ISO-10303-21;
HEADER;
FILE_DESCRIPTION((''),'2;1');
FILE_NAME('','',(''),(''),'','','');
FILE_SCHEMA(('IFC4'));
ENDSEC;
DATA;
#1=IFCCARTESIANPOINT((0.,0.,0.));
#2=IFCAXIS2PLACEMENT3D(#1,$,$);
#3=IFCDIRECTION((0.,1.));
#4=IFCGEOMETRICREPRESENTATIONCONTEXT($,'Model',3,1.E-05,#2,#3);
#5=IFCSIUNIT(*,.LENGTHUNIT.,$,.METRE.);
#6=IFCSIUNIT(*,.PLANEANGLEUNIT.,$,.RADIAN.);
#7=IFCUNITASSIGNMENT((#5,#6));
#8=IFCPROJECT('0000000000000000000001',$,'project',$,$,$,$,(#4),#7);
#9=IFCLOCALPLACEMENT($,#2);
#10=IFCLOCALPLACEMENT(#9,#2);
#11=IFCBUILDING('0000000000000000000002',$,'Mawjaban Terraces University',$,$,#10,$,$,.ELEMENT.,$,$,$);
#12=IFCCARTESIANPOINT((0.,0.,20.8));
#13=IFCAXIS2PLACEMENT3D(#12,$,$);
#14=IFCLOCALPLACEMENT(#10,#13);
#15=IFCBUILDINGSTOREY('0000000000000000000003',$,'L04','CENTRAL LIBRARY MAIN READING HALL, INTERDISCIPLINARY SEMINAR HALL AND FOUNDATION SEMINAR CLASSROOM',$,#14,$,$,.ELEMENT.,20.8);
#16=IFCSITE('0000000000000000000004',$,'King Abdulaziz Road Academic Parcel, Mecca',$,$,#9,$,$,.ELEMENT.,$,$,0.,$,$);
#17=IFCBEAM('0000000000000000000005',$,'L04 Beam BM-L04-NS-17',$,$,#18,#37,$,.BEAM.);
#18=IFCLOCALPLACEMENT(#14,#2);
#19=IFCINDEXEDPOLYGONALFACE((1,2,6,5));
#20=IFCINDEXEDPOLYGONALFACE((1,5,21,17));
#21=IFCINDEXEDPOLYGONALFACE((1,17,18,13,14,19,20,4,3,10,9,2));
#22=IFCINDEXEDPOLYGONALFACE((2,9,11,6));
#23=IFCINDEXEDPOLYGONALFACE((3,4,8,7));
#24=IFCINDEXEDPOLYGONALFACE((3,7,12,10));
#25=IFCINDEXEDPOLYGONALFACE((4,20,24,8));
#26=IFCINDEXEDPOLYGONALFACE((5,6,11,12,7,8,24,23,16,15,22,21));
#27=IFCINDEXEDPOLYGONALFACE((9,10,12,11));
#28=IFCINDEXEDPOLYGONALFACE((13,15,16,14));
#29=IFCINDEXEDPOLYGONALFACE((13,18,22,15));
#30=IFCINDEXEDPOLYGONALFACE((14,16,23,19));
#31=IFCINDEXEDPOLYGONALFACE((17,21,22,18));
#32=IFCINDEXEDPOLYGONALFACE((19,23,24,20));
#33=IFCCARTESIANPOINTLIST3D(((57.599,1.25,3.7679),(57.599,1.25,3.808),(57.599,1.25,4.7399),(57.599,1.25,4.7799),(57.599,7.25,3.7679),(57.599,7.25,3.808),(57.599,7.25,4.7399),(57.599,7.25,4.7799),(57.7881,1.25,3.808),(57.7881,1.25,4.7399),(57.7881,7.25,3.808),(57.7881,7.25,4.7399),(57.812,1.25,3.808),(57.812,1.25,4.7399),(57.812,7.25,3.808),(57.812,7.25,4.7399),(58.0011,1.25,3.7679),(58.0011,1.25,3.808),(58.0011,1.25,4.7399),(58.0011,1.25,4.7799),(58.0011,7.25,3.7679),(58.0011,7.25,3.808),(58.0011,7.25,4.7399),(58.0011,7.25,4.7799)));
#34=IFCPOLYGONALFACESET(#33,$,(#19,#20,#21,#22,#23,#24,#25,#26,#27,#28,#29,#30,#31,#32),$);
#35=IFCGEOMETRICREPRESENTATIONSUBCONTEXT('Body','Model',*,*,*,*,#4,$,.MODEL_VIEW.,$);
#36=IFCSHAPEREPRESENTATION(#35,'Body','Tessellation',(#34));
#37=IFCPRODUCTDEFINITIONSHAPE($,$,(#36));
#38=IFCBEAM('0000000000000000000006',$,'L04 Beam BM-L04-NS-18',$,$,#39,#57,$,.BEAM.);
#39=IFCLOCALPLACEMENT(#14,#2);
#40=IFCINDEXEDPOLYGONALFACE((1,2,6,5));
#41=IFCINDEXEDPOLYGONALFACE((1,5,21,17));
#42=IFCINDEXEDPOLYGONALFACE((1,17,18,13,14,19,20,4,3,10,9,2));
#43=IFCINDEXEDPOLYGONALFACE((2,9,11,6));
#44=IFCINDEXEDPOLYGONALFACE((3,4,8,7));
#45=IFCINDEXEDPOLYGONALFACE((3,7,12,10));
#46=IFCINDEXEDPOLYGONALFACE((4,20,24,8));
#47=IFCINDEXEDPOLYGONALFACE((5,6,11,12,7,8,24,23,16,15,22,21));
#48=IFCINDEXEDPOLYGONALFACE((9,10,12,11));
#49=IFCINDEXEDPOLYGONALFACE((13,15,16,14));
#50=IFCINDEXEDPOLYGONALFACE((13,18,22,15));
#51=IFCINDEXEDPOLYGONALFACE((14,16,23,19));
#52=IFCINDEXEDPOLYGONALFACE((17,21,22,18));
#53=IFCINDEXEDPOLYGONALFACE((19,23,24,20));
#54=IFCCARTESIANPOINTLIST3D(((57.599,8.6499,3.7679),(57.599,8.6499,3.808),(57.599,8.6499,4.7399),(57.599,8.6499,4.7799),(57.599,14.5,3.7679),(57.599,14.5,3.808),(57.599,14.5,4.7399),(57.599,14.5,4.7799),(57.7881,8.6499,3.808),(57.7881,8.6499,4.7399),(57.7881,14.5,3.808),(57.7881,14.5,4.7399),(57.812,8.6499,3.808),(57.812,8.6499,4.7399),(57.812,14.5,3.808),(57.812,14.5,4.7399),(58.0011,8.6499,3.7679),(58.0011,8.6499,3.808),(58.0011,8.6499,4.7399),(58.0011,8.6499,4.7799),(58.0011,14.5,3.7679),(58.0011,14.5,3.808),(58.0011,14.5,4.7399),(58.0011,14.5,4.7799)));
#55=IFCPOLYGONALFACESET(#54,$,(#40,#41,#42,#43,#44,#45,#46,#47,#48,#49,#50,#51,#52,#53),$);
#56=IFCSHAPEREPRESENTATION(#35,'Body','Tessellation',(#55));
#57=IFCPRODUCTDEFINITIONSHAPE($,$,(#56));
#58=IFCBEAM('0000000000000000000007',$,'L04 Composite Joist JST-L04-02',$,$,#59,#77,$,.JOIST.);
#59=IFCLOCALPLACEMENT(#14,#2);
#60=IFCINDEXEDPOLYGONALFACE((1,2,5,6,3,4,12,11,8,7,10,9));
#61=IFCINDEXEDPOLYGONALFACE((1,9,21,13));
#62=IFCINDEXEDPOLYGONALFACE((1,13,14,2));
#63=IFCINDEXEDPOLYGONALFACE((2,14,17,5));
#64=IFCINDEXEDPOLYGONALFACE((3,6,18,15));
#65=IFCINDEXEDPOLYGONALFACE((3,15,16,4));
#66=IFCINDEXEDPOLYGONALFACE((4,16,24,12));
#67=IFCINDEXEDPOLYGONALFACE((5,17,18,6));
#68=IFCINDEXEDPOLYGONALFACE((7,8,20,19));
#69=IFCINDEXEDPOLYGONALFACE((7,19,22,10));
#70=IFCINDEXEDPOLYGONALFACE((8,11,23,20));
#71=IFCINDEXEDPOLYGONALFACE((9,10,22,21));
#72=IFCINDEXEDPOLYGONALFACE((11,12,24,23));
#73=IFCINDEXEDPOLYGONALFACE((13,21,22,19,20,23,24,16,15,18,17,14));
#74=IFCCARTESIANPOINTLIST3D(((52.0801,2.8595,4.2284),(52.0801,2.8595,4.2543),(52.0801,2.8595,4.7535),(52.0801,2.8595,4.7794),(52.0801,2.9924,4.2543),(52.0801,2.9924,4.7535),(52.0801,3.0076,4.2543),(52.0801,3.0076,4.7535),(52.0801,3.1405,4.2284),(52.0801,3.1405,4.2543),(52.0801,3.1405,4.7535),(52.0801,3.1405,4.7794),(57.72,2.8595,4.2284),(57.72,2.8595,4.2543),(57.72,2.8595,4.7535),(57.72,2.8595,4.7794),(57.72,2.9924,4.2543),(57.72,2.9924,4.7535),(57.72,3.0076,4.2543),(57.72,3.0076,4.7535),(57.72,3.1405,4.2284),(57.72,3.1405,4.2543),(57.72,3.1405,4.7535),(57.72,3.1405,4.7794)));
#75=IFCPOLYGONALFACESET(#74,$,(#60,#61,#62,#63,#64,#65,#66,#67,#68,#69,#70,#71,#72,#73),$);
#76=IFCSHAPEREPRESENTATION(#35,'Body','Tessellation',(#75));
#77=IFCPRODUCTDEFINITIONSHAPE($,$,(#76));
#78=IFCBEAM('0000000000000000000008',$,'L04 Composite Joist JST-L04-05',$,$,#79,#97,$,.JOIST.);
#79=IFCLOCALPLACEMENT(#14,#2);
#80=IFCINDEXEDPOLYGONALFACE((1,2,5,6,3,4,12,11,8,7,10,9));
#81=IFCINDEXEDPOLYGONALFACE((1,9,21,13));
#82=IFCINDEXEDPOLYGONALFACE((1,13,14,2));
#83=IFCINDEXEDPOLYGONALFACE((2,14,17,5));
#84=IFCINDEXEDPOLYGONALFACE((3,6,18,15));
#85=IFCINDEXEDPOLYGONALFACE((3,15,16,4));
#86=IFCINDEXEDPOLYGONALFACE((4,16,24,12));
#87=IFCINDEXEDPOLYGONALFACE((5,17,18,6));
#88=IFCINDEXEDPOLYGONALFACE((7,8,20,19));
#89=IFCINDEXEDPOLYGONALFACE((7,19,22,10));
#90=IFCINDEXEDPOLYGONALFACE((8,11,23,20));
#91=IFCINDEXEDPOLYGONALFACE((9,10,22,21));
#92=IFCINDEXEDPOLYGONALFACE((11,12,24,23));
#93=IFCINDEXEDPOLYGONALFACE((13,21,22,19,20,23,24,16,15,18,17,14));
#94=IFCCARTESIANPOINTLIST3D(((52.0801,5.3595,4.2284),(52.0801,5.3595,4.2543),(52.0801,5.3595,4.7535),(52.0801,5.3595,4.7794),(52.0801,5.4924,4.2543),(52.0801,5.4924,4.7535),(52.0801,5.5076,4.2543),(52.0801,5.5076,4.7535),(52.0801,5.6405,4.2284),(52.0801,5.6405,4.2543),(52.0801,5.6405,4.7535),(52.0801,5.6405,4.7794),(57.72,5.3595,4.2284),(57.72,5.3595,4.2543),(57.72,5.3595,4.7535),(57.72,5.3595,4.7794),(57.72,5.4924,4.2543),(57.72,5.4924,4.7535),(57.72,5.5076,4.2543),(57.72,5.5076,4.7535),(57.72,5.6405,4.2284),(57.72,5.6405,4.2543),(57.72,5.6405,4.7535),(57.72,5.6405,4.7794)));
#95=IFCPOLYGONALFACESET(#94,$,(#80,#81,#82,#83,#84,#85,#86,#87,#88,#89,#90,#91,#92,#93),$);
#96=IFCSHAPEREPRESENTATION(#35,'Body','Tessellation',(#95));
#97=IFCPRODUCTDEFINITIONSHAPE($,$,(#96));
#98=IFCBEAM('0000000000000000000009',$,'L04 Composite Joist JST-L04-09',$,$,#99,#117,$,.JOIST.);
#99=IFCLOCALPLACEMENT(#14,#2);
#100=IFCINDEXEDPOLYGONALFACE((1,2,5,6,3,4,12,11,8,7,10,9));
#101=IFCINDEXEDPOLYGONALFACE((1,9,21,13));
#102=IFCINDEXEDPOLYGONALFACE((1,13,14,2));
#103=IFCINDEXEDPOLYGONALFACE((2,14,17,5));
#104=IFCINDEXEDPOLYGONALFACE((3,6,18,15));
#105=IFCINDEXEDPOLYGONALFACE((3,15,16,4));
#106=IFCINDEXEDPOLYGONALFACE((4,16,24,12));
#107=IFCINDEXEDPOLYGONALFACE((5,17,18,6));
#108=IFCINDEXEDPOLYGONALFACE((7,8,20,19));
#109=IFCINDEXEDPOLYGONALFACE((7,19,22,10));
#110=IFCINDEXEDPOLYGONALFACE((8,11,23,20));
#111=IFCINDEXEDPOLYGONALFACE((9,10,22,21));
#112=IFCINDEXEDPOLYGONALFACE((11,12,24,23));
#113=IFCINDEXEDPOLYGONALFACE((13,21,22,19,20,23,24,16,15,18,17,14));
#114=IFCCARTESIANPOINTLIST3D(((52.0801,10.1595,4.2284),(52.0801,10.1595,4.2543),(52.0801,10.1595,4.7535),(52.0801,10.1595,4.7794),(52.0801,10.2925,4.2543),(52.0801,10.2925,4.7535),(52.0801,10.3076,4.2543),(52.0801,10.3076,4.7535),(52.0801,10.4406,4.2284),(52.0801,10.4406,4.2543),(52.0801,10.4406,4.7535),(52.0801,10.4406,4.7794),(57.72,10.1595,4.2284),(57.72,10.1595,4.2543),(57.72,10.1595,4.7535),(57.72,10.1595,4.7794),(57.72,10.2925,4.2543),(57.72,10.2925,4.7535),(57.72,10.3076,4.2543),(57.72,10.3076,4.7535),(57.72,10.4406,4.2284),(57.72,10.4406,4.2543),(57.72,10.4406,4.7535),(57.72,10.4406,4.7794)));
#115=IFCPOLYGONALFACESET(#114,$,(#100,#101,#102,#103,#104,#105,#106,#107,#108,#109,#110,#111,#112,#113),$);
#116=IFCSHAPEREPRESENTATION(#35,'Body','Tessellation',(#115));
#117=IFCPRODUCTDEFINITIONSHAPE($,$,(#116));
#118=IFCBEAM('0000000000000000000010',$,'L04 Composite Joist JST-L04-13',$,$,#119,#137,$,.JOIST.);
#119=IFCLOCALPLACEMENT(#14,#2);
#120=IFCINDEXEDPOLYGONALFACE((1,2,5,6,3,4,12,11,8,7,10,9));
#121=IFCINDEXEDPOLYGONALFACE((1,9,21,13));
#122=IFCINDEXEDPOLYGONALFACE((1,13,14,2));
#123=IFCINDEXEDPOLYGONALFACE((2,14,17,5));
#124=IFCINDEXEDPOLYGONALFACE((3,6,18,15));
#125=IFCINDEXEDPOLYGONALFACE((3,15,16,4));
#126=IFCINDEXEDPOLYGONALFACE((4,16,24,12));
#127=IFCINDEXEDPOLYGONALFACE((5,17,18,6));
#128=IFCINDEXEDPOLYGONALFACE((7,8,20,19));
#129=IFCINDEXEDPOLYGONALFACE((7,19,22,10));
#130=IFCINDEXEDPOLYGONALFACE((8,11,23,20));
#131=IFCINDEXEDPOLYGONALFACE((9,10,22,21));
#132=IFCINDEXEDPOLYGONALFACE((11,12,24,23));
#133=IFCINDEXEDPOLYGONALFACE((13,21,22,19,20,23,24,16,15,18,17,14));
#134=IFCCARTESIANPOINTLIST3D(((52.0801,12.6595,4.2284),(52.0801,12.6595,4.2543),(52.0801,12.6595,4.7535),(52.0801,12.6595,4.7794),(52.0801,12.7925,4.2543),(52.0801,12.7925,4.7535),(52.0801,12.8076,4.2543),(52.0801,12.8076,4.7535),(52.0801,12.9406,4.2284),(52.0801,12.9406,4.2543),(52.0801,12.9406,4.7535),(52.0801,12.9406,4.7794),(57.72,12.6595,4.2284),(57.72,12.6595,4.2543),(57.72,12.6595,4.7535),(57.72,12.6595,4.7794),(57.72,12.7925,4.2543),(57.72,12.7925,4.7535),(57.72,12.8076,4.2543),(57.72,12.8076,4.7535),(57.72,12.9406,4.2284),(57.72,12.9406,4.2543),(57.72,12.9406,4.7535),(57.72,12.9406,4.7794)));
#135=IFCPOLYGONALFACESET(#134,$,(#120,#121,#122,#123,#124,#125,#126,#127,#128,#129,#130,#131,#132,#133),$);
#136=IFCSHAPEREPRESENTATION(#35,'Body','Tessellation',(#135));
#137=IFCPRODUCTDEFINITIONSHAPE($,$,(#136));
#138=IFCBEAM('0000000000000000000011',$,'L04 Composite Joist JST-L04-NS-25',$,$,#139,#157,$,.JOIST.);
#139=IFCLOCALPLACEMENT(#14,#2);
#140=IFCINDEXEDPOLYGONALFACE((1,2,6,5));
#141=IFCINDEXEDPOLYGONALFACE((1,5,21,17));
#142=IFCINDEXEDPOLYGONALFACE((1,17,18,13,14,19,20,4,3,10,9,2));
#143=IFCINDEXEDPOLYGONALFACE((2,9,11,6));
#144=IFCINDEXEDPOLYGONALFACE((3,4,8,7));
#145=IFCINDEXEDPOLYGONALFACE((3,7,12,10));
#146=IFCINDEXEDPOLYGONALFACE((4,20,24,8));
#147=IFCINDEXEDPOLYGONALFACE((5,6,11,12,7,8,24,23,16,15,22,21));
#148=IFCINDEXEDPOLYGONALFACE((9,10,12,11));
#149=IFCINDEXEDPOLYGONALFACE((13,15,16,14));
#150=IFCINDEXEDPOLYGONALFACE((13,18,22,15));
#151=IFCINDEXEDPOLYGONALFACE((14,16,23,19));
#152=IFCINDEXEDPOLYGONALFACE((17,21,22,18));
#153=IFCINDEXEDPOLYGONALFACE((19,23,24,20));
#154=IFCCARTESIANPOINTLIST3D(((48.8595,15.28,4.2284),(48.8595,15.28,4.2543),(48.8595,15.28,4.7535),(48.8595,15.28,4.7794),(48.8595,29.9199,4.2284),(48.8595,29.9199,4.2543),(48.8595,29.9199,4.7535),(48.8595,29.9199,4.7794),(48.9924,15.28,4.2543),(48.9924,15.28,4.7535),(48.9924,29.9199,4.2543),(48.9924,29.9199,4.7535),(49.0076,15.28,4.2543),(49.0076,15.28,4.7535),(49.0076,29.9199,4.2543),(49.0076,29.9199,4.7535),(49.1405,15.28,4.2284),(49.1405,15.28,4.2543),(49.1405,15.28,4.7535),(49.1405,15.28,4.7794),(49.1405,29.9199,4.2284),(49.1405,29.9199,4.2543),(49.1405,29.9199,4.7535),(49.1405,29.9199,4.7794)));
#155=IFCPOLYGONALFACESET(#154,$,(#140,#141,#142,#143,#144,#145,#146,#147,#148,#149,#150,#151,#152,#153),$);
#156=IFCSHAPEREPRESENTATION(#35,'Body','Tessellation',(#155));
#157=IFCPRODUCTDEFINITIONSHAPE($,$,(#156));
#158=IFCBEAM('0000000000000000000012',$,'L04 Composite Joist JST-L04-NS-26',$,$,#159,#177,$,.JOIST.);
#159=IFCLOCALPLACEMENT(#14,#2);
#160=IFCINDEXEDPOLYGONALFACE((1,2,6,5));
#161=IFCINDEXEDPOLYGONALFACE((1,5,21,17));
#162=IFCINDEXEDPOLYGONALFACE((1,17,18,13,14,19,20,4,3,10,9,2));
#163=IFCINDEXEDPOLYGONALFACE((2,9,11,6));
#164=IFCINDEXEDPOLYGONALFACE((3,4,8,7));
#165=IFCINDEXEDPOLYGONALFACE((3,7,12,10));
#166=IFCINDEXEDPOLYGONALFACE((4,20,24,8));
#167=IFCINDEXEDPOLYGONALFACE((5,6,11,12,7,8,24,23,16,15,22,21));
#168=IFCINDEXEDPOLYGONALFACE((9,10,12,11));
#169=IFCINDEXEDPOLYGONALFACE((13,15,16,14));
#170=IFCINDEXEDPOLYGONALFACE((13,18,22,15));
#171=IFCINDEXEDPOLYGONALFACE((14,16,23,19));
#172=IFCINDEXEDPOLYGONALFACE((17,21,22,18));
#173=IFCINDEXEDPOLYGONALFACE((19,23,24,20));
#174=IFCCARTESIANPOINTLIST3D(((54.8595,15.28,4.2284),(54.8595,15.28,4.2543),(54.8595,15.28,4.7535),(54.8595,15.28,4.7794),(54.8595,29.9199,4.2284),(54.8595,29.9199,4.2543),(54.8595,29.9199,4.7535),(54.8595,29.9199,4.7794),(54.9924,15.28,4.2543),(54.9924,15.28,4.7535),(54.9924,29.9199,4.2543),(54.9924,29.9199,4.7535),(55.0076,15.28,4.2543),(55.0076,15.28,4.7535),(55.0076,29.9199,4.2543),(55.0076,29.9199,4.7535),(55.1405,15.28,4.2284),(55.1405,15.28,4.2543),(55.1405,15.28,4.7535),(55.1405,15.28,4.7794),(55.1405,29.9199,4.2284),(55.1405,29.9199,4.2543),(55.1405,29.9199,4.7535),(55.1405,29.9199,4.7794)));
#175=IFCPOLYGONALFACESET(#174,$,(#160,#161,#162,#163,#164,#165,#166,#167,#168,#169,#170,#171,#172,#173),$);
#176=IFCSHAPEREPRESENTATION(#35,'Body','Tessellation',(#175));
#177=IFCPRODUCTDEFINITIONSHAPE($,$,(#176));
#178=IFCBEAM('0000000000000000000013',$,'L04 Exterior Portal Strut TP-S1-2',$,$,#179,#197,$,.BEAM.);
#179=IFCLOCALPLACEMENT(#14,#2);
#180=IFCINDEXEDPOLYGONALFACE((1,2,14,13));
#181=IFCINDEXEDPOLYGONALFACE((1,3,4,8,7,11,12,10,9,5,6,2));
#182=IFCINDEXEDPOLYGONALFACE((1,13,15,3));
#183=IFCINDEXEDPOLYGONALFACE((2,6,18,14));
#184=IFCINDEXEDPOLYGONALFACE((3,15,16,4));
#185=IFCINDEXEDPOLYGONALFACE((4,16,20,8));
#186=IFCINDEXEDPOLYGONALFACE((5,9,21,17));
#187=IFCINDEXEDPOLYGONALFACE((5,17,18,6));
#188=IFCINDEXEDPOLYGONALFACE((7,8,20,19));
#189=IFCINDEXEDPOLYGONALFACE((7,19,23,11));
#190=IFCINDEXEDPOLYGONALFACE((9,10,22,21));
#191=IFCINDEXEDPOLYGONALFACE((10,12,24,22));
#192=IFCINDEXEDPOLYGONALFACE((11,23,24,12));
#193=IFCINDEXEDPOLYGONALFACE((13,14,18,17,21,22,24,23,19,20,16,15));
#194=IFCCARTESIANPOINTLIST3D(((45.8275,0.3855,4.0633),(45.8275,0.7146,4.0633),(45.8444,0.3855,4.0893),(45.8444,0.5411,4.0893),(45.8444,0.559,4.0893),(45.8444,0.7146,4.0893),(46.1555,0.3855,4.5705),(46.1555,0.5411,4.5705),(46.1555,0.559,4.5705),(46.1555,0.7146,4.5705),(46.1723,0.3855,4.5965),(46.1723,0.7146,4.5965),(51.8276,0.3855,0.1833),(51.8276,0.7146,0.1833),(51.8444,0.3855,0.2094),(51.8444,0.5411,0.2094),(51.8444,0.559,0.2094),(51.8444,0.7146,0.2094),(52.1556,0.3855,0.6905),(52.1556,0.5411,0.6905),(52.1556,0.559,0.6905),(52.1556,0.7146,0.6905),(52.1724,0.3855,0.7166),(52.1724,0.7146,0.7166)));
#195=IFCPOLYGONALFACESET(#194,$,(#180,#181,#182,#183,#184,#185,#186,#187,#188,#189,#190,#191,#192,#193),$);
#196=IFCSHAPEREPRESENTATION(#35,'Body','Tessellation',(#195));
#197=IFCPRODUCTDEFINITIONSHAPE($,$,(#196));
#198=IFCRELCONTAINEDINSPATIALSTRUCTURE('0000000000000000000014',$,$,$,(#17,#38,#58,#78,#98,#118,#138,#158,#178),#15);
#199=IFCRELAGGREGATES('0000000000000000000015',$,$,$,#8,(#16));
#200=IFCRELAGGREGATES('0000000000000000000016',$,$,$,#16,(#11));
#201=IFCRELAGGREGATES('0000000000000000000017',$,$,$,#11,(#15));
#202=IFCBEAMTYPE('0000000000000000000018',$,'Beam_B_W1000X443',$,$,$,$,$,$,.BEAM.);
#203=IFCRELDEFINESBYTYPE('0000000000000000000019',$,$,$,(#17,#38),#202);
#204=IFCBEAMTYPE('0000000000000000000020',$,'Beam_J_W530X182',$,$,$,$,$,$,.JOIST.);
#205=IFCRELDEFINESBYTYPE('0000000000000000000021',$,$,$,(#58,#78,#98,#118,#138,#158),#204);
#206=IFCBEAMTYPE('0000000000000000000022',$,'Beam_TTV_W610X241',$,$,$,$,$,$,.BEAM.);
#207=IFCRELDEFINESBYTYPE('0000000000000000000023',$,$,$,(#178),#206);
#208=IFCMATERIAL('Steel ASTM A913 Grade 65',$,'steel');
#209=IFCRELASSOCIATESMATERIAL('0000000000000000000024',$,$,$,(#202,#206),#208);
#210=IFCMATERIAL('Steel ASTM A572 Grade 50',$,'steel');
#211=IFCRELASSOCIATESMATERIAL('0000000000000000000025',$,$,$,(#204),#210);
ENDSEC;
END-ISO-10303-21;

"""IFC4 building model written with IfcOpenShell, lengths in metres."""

from ifc_helpers import new_model, si_unit, direction, frame, origin, origin_2d, place, context, subcontext, project, spatial, i_section, extrude, material, material_profile, profile_set, type_object, element, save


model = new_model("IFC4")

# Units and contexts
model_context = context("Model", 3, precision=1e-05, world=origin(), true_north=direction((0.0, 1.0)))
body_context = subcontext(model_context, "Body", "Model", "MODEL_VIEW")
ifc_project = project(units=[si_unit("LENGTHUNIT", "METRE"), si_unit("PLANEANGLEUNIT", "RADIAN")], contexts=[model_context])

# Site, building, storey
site_placement = place(None, origin())
site = spatial("IfcSite", under=ifc_project, at=site_placement, Name="King Abdulaziz Road Academic Parcel, Mecca", CompositionType="ELEMENT", RefElevation=0.0)
building_placement = place(site_placement, origin())
building = spatial("IfcBuilding", under=site, at=building_placement, Name="Mawjaban Terraces University", CompositionType="ELEMENT")
storey_placement = place(building_placement, frame((0.0, 0.0, 20.8)))
storey = spatial("IfcBuildingStorey", under=building, at=storey_placement, Name="L04", Description="CENTRAL LIBRARY MAIN READING HALL, INTERDISCIPLINARY SEMINAR HALL AND FOUNDATION SEMINAR CLASSROOM", CompositionType="ELEMENT", Elevation=20.8)

# Beams
ifc_material_1 = material(Name="Steel ASTM A913 Grade 65", Category="steel")
ifc_material_profile_1 = material_profile(ifc_material_1, i_section(OverallWidth=0.4021, OverallDepth=1.012, WebThickness=0.0239, FlangeThickness=0.04, at=origin_2d()), Name="W1000X443")
ifc_profile_set_1 = profile_set([ifc_material_profile_1], Name="Steel ASTM A913 Grade 65")
beam_type_1 = type_object("IfcBeamType", Name="Beam_B_W1000X443", PredefinedType="BEAM", material=ifc_profile_set_1)
beam_1_placement = place(storey_placement, frame((57.8, 1.25, 4.2739), z_axis=(0.0, 1.0, 0.0), x_axis=(-1.0, 0.0, 0.0)))
element("IfcBeam", 1, at=beam_1_placement, inside=storey, type_object=beam_type_1, Name="L04 Beam BM-L04-NS-17", PredefinedType="BEAM", context=body_context, shape_type="SweptSolid", body=[
    extrude(i_section(OverallWidth=0.4021, OverallDepth=1.012, WebThickness=0.0239, FlangeThickness=0.04, at=origin_2d()), origin(), (0.0, 0.0, 1.0), 6.0),
])
beam_2_placement = place(storey_placement, frame((57.8, 8.6499, 4.2739), z_axis=(0.0, 1.0, 0.0), x_axis=(-1.0, 0.0, 0.0)))
element("IfcBeam", 2, at=beam_2_placement, inside=storey, type_object=beam_type_1, Name="L04 Beam BM-L04-NS-18", PredefinedType="BEAM", context=body_context, shape_type="SweptSolid", body=[
    extrude(i_section(OverallWidth=0.4021, OverallDepth=1.012, WebThickness=0.0239, FlangeThickness=0.04, at=origin_2d()), origin(), (0.0, 0.0, 1.0), 5.8501),
])
ifc_material_2 = material(Name="Steel ASTM A572 Grade 50", Category="steel")
ifc_material_profile_2 = material_profile(ifc_material_2, i_section(OverallWidth=0.281, OverallDepth=0.551, WebThickness=0.0151, FlangeThickness=0.0259, at=origin_2d()), Name="W530X182")
ifc_profile_set_2 = profile_set([ifc_material_profile_2], Name="Steel ASTM A572 Grade 50")
beam_type_2 = type_object("IfcBeamType", Name="Beam_J_W530X182", PredefinedType="JOIST", material=ifc_profile_set_2)
for number, where, z_axis, x_axis, name in (
    (3, (52.0801, 3.0, 4.5039), (1.0, 0.0, 0.0), (0.0, 1.0, 0.0), "L04 Composite Joist JST-L04-02"),
    (4, (52.0801, 5.5, 4.5039), (1.0, 0.0, 0.0), (0.0, 1.0, 0.0), "L04 Composite Joist JST-L04-05"),
    (5, (52.0801, 10.3, 4.5039), (1.0, 0.0, 0.0), (0.0, 1.0, 0.0), "L04 Composite Joist JST-L04-09"),
    (6, (52.0801, 12.8, 4.5039), (1.0, 0.0, 0.0), (0.0, 1.0, 0.0), "L04 Composite Joist JST-L04-13"),
):
    element("IfcBeam", number, at=place(storey_placement, frame(where, z_axis=z_axis, x_axis=x_axis)), inside=storey, type_object=beam_type_2, Name=name, PredefinedType="JOIST", context=body_context, shape_type="SweptSolid", body=[
        extrude(i_section(OverallWidth=0.281, OverallDepth=0.551, WebThickness=0.0151, FlangeThickness=0.0259, at=origin_2d()), origin(), (0.0, 0.0, 1.0), 5.6399),
    ])
for number, where, z_axis, x_axis, name in (
    (7, (49.0, 15.28, 4.5039), (0.0, 1.0, 0.0), (-1.0, 0.0, 0.0), "L04 Composite Joist JST-L04-NS-25"),
    (8, (55.0, 15.28, 4.5039), (0.0, 1.0, 0.0), (-1.0, 0.0, 0.0), "L04 Composite Joist JST-L04-NS-26"),
):
    element("IfcBeam", number, at=place(storey_placement, frame(where, z_axis=z_axis, x_axis=x_axis)), inside=storey, type_object=beam_type_2, Name=name, PredefinedType="JOIST", context=body_context, shape_type="SweptSolid", body=[
        extrude(i_section(OverallWidth=0.281, OverallDepth=0.551, WebThickness=0.0151, FlangeThickness=0.0259, at=origin_2d()), origin(), (0.0, 0.0, 1.0), 14.6399),
    ])
ifc_material_profile_3 = material_profile(ifc_material_1, i_section(OverallWidth=0.3291, OverallDepth=0.635, WebThickness=0.0178, FlangeThickness=0.031, at=origin_2d()), Name="W610X241")
ifc_profile_set_3 = profile_set([ifc_material_profile_3], Name="Steel ASTM A913 Grade 65")
beam_type_3 = type_object("IfcBeamType", Name="Beam_TTV_W610X241", PredefinedType="BEAM", material=ifc_profile_set_3)
beam_3_placement = place(storey_placement, frame((52.0, 0.55, 0.45), z_axis=(-0.839728, 0.0, 0.543008), x_axis=(0.0, -1.0, 0.0)))
element("IfcBeam", 9, at=beam_3_placement, inside=storey, type_object=beam_type_3, Name="L04 Exterior Portal Strut TP-S1-2", PredefinedType="BEAM", context=body_context, shape_type="SweptSolid", body=[
    extrude(i_section(OverallWidth=0.3291, OverallDepth=0.635, WebThickness=0.0178, FlangeThickness=0.031, at=origin_2d()), origin(), (0.0, 0.0, 1.0), 7.1453),
])

save(model, "model.ifc")
